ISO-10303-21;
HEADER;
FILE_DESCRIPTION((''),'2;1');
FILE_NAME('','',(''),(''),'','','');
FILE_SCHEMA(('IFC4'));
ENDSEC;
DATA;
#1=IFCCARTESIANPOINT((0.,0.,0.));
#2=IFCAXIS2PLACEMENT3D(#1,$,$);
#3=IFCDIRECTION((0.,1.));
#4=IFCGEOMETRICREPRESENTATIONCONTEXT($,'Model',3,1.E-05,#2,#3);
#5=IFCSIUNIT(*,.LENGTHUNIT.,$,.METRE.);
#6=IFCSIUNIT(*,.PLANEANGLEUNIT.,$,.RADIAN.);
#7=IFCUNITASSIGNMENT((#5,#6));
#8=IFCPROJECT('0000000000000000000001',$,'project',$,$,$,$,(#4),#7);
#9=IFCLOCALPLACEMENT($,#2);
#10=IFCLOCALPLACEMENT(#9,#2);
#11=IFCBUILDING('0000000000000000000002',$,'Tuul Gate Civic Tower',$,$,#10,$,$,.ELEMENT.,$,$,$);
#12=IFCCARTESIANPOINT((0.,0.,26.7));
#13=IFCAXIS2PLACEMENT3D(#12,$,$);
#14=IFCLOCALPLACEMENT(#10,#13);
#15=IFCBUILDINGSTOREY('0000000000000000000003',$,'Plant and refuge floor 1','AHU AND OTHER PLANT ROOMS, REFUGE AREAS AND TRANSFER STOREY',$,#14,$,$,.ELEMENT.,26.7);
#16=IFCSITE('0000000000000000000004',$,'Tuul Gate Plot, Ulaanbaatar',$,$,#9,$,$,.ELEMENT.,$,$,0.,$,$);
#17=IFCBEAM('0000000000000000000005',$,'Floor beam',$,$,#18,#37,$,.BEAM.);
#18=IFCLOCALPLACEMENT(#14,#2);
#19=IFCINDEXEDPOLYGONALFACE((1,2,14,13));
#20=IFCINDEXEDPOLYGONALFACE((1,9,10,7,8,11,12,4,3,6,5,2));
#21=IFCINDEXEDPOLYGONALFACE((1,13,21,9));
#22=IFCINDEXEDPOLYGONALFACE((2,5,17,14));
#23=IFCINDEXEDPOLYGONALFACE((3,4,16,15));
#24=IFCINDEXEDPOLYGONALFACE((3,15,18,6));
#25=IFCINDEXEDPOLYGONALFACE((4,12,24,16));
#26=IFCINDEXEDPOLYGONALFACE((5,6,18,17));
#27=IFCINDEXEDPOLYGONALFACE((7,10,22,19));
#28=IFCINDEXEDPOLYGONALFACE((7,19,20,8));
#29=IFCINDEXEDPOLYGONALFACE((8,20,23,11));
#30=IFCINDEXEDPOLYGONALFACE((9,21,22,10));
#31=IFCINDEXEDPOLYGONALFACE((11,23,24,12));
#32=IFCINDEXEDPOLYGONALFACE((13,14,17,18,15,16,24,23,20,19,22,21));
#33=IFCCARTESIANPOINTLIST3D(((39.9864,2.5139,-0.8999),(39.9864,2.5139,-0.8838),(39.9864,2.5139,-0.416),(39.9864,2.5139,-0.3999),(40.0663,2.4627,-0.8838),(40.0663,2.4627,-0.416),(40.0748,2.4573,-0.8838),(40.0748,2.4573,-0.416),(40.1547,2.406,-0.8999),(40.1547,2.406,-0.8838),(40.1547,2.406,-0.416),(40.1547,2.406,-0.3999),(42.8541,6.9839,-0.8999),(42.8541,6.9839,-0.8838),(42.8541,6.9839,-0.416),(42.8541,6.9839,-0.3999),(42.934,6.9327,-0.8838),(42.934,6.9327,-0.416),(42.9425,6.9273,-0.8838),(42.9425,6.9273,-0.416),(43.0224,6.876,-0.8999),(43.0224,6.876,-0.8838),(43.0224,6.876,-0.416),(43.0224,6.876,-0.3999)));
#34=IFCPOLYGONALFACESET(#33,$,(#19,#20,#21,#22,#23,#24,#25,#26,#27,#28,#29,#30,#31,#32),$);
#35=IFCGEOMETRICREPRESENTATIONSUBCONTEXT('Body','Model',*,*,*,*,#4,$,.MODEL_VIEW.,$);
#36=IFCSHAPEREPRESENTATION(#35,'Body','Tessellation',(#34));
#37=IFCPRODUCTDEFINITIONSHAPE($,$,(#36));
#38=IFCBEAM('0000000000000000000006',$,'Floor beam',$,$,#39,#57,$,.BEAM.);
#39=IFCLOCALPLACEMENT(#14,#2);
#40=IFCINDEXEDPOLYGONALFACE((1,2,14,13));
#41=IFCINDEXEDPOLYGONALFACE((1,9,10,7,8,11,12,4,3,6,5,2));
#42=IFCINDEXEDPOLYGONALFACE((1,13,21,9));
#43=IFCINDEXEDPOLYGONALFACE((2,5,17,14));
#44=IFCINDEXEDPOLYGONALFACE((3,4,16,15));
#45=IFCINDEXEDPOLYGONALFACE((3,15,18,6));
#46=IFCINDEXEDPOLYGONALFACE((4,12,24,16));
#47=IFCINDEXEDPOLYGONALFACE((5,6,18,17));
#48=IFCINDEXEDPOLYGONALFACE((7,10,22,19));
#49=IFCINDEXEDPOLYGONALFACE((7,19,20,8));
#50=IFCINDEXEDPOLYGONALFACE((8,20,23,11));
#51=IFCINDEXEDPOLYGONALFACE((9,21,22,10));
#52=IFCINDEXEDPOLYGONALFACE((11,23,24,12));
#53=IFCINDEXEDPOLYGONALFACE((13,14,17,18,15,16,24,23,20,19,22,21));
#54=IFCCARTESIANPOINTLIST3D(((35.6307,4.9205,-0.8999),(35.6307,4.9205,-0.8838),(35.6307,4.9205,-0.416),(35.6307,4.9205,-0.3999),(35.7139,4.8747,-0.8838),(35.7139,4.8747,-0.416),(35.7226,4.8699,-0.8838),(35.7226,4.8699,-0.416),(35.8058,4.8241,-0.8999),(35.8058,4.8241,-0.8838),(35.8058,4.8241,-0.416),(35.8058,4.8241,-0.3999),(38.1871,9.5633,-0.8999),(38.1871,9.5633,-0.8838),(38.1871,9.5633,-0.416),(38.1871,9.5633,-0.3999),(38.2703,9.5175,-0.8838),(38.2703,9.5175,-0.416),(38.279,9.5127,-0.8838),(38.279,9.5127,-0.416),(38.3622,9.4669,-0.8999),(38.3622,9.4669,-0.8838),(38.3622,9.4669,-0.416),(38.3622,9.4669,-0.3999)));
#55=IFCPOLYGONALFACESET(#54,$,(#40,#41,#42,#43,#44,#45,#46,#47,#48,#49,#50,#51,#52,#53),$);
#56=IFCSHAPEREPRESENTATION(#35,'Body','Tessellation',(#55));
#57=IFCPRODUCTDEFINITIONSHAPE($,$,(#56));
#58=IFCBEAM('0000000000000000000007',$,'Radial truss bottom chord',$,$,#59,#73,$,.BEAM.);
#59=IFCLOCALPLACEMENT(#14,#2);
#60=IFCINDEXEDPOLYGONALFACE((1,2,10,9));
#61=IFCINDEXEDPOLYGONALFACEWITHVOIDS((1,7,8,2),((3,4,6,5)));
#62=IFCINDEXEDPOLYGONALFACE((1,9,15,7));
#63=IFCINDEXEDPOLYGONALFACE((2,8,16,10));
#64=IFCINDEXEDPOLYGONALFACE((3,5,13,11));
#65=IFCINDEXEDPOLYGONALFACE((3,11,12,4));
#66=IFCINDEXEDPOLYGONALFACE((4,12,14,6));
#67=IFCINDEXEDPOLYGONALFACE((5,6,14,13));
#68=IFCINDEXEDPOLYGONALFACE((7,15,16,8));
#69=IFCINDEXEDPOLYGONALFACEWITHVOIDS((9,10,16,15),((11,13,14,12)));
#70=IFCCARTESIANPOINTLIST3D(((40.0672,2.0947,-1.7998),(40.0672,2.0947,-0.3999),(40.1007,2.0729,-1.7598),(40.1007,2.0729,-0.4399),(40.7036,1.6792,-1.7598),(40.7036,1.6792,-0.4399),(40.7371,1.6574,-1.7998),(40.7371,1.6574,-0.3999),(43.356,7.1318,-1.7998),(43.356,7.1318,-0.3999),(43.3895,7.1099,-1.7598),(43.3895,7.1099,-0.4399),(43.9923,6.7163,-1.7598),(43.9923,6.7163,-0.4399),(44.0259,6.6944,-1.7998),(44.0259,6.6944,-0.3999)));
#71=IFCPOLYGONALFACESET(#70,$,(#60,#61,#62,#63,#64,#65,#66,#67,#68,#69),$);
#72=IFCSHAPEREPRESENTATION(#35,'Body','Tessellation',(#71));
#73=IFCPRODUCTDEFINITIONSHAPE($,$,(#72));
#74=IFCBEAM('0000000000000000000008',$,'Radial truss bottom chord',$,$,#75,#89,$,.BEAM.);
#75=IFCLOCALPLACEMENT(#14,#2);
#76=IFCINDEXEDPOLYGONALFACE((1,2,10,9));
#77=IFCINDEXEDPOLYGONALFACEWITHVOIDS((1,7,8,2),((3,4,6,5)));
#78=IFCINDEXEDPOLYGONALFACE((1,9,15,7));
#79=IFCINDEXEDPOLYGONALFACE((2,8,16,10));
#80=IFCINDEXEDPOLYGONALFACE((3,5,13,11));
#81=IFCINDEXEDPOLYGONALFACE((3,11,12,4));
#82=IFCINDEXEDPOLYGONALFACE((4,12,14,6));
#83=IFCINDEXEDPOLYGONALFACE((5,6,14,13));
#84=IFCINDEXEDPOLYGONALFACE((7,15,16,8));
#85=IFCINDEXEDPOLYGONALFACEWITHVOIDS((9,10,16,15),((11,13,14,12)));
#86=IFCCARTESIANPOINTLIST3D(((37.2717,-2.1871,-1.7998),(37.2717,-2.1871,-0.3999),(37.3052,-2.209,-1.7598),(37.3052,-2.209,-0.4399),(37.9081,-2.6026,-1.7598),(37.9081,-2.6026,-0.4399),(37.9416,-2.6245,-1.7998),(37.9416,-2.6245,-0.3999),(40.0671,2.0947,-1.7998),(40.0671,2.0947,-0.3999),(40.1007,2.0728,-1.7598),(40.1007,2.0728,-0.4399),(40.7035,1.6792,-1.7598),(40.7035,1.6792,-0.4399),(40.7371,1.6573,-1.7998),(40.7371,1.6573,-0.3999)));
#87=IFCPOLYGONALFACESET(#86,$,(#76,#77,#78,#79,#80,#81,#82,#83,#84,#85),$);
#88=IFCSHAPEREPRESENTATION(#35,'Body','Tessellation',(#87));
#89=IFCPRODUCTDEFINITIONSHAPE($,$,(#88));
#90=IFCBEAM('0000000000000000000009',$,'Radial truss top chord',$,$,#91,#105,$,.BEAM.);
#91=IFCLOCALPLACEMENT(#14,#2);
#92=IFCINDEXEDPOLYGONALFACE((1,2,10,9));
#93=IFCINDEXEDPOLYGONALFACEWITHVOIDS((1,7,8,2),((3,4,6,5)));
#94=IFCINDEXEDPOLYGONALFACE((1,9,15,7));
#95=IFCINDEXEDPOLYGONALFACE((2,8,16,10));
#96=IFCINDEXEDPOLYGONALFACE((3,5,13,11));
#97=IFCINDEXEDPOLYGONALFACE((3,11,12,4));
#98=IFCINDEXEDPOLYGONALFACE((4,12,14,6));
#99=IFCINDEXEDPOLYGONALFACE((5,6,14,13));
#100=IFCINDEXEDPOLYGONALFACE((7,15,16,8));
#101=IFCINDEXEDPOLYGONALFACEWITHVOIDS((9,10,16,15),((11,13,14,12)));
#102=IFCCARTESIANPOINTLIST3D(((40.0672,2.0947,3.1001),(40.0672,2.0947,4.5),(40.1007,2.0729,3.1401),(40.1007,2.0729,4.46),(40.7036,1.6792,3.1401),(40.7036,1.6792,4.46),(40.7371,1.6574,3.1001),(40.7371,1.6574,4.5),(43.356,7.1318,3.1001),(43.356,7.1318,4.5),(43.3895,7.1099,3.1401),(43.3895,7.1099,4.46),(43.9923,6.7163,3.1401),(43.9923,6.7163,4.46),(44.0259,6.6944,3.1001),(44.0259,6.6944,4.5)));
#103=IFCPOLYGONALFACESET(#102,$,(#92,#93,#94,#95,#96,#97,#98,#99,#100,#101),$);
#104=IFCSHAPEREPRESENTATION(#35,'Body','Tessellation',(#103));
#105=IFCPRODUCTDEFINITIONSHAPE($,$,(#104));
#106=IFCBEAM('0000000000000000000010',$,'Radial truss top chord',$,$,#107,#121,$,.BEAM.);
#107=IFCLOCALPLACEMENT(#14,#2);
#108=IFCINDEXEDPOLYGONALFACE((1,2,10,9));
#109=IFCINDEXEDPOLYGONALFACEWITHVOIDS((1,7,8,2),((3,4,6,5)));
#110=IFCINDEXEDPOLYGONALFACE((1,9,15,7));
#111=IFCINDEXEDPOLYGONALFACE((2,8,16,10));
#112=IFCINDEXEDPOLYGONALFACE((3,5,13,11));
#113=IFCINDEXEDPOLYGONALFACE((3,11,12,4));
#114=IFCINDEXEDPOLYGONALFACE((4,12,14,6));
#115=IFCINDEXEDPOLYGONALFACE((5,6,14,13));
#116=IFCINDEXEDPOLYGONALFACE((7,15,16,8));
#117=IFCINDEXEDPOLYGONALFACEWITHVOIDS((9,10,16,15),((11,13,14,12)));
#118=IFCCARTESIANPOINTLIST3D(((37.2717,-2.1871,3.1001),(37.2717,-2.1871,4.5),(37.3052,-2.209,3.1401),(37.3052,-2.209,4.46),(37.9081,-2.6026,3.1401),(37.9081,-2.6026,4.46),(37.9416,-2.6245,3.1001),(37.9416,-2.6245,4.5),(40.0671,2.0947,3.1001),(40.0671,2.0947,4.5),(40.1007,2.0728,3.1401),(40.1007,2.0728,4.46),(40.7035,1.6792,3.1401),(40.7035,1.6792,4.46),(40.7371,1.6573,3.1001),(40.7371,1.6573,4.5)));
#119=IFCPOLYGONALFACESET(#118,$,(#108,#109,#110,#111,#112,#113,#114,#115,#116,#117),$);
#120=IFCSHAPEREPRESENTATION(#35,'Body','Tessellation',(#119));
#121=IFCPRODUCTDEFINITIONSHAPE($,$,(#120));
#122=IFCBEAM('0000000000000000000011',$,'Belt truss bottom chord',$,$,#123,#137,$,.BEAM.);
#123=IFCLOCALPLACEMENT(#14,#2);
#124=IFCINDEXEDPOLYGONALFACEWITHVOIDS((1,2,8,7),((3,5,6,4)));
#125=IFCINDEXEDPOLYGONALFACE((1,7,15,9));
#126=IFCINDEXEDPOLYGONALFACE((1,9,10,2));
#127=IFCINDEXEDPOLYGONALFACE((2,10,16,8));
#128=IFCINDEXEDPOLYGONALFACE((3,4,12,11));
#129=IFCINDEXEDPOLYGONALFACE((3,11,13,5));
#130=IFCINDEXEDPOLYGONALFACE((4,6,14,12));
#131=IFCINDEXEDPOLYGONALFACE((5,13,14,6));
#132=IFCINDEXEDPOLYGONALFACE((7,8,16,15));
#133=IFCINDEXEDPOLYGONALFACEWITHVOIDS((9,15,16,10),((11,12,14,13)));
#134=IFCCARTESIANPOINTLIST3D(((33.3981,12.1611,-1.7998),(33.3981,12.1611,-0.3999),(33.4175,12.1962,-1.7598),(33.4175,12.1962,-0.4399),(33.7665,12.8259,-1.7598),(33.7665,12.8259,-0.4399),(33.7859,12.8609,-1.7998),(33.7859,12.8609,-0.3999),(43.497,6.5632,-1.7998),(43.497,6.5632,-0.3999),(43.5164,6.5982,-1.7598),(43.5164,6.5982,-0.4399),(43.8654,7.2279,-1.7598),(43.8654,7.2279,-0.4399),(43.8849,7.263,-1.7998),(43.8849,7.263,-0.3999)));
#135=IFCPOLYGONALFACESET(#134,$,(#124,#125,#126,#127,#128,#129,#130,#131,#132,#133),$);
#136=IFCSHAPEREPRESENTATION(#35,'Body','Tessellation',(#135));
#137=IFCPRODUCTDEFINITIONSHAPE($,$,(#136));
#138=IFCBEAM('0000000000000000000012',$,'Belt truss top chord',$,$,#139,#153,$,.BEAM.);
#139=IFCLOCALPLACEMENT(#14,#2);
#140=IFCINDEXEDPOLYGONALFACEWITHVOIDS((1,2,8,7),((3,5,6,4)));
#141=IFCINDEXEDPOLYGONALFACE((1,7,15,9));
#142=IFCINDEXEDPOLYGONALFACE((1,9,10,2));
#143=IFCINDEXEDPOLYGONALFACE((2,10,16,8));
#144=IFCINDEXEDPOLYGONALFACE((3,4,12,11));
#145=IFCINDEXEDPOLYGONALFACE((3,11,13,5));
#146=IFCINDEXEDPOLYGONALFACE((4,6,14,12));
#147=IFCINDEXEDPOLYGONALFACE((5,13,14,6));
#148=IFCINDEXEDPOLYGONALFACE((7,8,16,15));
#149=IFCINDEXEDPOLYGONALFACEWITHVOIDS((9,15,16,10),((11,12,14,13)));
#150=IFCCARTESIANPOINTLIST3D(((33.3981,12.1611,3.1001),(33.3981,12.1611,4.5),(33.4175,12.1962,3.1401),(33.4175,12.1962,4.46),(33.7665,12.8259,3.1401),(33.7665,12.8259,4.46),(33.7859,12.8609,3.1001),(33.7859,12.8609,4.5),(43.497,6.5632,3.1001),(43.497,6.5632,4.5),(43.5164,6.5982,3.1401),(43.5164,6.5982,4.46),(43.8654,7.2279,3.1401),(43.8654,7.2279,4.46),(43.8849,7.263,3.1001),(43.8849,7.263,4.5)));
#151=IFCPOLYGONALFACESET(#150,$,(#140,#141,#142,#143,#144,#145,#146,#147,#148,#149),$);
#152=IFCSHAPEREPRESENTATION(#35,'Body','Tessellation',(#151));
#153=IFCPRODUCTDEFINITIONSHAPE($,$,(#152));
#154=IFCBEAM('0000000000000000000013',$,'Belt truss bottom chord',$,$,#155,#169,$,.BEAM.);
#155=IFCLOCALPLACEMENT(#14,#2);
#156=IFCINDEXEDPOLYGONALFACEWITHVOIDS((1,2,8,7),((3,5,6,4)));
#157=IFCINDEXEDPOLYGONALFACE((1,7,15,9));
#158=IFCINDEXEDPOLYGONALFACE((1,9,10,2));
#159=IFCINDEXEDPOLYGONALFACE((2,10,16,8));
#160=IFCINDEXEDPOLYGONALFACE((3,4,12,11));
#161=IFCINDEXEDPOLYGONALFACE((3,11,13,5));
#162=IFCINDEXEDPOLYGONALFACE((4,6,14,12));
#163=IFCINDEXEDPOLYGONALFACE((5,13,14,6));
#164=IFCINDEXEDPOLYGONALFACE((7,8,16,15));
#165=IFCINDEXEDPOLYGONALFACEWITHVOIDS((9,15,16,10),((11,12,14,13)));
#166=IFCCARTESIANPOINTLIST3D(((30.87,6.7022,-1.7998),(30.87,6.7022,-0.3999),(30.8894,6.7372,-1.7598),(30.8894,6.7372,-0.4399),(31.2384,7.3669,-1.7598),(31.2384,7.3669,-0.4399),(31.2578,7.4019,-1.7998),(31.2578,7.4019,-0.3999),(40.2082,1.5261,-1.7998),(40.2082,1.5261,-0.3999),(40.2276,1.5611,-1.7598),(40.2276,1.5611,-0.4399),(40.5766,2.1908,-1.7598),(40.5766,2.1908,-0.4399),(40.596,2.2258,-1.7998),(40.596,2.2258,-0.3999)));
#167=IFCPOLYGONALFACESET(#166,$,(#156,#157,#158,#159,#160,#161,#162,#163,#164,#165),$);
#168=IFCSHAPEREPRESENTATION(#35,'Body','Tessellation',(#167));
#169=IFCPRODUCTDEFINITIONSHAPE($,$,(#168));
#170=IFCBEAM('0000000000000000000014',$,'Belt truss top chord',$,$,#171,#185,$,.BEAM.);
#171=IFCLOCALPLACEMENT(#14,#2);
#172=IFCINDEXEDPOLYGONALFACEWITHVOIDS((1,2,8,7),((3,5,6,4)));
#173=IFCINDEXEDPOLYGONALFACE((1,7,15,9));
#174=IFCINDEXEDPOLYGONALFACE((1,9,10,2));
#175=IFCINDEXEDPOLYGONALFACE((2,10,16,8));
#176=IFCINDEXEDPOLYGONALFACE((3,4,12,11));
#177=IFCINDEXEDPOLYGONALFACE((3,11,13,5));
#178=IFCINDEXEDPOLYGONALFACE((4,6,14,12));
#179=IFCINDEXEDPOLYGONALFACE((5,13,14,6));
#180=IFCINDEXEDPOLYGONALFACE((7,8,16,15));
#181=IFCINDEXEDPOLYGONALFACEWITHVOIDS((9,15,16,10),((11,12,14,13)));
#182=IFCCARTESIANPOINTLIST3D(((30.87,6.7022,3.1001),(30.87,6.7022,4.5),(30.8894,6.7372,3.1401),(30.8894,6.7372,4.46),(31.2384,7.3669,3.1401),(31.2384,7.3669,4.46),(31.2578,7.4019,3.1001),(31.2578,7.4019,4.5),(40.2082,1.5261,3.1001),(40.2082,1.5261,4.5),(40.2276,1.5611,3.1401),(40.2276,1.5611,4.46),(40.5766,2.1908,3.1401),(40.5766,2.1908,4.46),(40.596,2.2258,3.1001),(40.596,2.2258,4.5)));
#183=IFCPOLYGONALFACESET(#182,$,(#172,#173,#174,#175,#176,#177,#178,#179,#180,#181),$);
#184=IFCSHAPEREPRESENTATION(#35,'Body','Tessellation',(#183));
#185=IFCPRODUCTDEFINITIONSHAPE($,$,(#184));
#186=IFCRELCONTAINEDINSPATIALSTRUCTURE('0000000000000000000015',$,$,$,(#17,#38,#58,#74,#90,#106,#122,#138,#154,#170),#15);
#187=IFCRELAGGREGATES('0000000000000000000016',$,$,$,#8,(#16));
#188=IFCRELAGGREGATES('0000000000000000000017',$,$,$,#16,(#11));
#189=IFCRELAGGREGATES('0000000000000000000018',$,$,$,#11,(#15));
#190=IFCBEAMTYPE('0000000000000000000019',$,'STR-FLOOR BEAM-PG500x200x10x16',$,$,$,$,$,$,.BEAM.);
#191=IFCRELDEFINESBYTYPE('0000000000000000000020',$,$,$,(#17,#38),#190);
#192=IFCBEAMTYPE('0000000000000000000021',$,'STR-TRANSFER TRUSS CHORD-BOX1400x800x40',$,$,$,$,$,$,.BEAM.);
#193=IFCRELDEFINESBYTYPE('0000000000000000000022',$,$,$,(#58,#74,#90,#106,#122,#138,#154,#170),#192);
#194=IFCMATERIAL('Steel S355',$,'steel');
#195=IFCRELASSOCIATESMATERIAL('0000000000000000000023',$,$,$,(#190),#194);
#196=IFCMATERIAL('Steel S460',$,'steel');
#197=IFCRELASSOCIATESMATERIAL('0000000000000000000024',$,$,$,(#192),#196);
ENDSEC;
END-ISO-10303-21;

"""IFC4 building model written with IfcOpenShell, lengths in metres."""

from ifc_helpers import new_model, si_unit, direction, frame, origin, origin_2d, place, context, subcontext, project, spatial, hollow_rectangle, i_section, extrude, material, material_profile, profile_set, type_object, element, save


model = new_model("IFC4")

# Units and contexts
model_context = context("Model", 3, precision=1e-05, world=origin(), true_north=direction((0.0, 1.0)))
body_context = subcontext(model_context, "Body", "Model", "MODEL_VIEW")
ifc_project = project(units=[si_unit("LENGTHUNIT", "METRE"), si_unit("PLANEANGLEUNIT", "RADIAN")], contexts=[model_context])

# Site, building, storey
site_placement = place(None, origin())
site = spatial("IfcSite", under=ifc_project, at=site_placement, Name="Tuul Gate Plot, Ulaanbaatar", CompositionType="ELEMENT", RefElevation=0.0)
building_placement = place(site_placement, origin())
building = spatial("IfcBuilding", under=site, at=building_placement, Name="Tuul Gate Civic Tower", CompositionType="ELEMENT")
storey_placement = place(building_placement, frame((0.0, 0.0, 26.7)))
storey = spatial("IfcBuildingStorey", under=building, at=storey_placement, Name="Plant and refuge floor 1", Description="AHU AND OTHER PLANT ROOMS, REFUGE AREAS AND TRANSFER STOREY", CompositionType="ELEMENT", Elevation=26.7)

# Beams
ifc_material_1 = material(Name="Steel S355", Category="steel")
ifc_material_profile_1 = material_profile(ifc_material_1, i_section(OverallWidth=0.2, OverallDepth=0.5, WebThickness=0.01, FlangeThickness=0.0161, at=origin_2d()), Name="PG500x200x10x16")
ifc_profile_set_1 = profile_set([ifc_material_profile_1], Name="Steel S355")
beam_type_1 = type_object("IfcBeamType", Name="STR-FLOOR BEAM-PG500x200x10x16", PredefinedType="BEAM", material=ifc_profile_set_1)
beam_1_placement = place(storey_placement, frame((40.0706, 2.46, -0.6499), z_axis=(0.539974, 0.841681, 0.0), x_axis=(-0.841681, 0.539974, 0.0)))
element("IfcBeam", 1, at=beam_1_placement, inside=storey, type_object=beam_type_1, Name="Floor beam", PredefinedType="BEAM", context=body_context, shape_type="SweptSolid", body=[
    extrude(i_section(OverallWidth=0.2, OverallDepth=0.5, WebThickness=0.01, FlangeThickness=0.0161, at=origin_2d()), origin(), (0.0, 0.0, 1.0), 5.3108),
])
beam_2_placement = place(storey_placement, frame((35.7183, 4.8723, -0.6499), z_axis=(0.482331, 0.875989, 0.0), x_axis=(-0.875989, 0.482331, 0.0)))
element("IfcBeam", 2, at=beam_2_placement, inside=storey, type_object=beam_type_1, Name="Floor beam", PredefinedType="BEAM", context=body_context, shape_type="SweptSolid", body=[
    extrude(i_section(OverallWidth=0.2, OverallDepth=0.5, WebThickness=0.01, FlangeThickness=0.0161, at=origin_2d()), origin(), (0.0, 0.0, 1.0), 5.3),
])
ifc_material_2 = material(Name="Steel S460", Category="steel")
ifc_material_profile_2 = material_profile(ifc_material_2, hollow_rectangle(XDim=0.8, YDim=1.3999, WallThickness=0.04, at=origin_2d()), Name="BOX1400x800x40")
ifc_profile_set_2 = profile_set([ifc_material_profile_2], Name="Steel S460")
beam_type_2 = type_object("IfcBeamType", Name="STR-TRANSFER TRUSS CHORD-BOX1400x800x40", PredefinedType="BEAM", material=ifc_profile_set_2)
beam_3_placement = place(storey_placement, frame((43.6909, 6.9131, -1.0999), z_axis=(-0.546705, -0.837325, 0.0), x_axis=(0.837325, -0.546705, 0.0)))
element("IfcBeam", 3, at=beam_3_placement, inside=storey, type_object=beam_type_2, Name="Radial truss bottom chord", PredefinedType="BEAM", context=body_context, shape_type="SweptSolid", body=[
    extrude(hollow_rectangle(XDim=0.8, YDim=1.3999, WallThickness=0.04, at=origin_2d()), origin(), (0.0, 0.0, 1.0), 6.0156),
])
beam_4_placement = place(storey_placement, frame((40.4021, 1.876, -1.0999), z_axis=(-0.546676, -0.837345, 0.0), x_axis=(0.837345, -0.546676, 0.0)))
element("IfcBeam", 4, at=beam_4_placement, inside=storey, type_object=beam_type_2, Name="Radial truss bottom chord", PredefinedType="BEAM", context=body_context, shape_type="SweptSolid", body=[
    extrude(hollow_rectangle(XDim=0.8, YDim=1.3999, WallThickness=0.04, at=origin_2d()), origin(), (0.0, 0.0, 1.0), 5.1135),
])
beam_5_placement = place(storey_placement, frame((43.6909, 6.9131, 3.8), z_axis=(-0.546705, -0.837325, 0.0), x_axis=(0.837325, -0.546705, 0.0)))
element("IfcBeam", 5, at=beam_5_placement, inside=storey, type_object=beam_type_2, Name="Radial truss top chord", PredefinedType="BEAM", context=body_context, shape_type="SweptSolid", body=[
    extrude(hollow_rectangle(XDim=0.8, YDim=1.3999, WallThickness=0.04, at=origin_2d()), origin(), (0.0, 0.0, 1.0), 6.0156),
])
beam_6_placement = place(storey_placement, frame((40.4021, 1.876, 3.8), z_axis=(-0.546676, -0.837345, 0.0), x_axis=(0.837345, -0.546676, 0.0)))
element("IfcBeam", 6, at=beam_6_placement, inside=storey, type_object=beam_type_2, Name="Radial truss top chord", PredefinedType="BEAM", context=body_context, shape_type="SweptSolid", body=[
    extrude(hollow_rectangle(XDim=0.8, YDim=1.3999, WallThickness=0.04, at=origin_2d()), origin(), (0.0, 0.0, 1.0), 5.1135),
])
for number, where, z_axis, x_axis, name in (
    (7, (43.6909, 6.9131, -1.0999), (-0.87462, 0.48481, 0.0), (-0.48481, -0.87462, 0.0), "Belt truss bottom chord"),
    (8, (43.6909, 6.9131, 3.8), (-0.87462, 0.48481, 0.0), (-0.48481, -0.87462, 0.0), "Belt truss top chord"),
):
    element("IfcBeam", number, at=place(storey_placement, frame(where, z_axis=z_axis, x_axis=x_axis)), inside=storey, type_object=beam_type_2, Name=name, PredefinedType="BEAM", context=body_context, shape_type="SweptSolid", body=[
        extrude(hollow_rectangle(XDim=0.8, YDim=1.3999, WallThickness=0.04, at=origin_2d()), origin(), (0.0, 0.0, 1.0), 11.5466),
    ])
for number, where, z_axis, x_axis, name in (
    (9, (40.4021, 1.876, -1.0999), (-0.874627, 0.484796, 0.0), (-0.484796, -0.874627, 0.0), "Belt truss bottom chord"),
    (10, (40.4021, 1.876, 3.8), (-0.874627, 0.484796, 0.0), (-0.484796, -0.874627, 0.0), "Belt truss top chord"),
):
    element("IfcBeam", number, at=place(storey_placement, frame(where, z_axis=z_axis, x_axis=x_axis)), inside=storey, type_object=beam_type_2, Name=name, PredefinedType="BEAM", context=body_context, shape_type="SweptSolid", body=[
        extrude(hollow_rectangle(XDim=0.8, YDim=1.3999, WallThickness=0.04, at=origin_2d()), origin(), (0.0, 0.0, 1.0), 10.6768),
    ])

save(model, "model.ifc")
